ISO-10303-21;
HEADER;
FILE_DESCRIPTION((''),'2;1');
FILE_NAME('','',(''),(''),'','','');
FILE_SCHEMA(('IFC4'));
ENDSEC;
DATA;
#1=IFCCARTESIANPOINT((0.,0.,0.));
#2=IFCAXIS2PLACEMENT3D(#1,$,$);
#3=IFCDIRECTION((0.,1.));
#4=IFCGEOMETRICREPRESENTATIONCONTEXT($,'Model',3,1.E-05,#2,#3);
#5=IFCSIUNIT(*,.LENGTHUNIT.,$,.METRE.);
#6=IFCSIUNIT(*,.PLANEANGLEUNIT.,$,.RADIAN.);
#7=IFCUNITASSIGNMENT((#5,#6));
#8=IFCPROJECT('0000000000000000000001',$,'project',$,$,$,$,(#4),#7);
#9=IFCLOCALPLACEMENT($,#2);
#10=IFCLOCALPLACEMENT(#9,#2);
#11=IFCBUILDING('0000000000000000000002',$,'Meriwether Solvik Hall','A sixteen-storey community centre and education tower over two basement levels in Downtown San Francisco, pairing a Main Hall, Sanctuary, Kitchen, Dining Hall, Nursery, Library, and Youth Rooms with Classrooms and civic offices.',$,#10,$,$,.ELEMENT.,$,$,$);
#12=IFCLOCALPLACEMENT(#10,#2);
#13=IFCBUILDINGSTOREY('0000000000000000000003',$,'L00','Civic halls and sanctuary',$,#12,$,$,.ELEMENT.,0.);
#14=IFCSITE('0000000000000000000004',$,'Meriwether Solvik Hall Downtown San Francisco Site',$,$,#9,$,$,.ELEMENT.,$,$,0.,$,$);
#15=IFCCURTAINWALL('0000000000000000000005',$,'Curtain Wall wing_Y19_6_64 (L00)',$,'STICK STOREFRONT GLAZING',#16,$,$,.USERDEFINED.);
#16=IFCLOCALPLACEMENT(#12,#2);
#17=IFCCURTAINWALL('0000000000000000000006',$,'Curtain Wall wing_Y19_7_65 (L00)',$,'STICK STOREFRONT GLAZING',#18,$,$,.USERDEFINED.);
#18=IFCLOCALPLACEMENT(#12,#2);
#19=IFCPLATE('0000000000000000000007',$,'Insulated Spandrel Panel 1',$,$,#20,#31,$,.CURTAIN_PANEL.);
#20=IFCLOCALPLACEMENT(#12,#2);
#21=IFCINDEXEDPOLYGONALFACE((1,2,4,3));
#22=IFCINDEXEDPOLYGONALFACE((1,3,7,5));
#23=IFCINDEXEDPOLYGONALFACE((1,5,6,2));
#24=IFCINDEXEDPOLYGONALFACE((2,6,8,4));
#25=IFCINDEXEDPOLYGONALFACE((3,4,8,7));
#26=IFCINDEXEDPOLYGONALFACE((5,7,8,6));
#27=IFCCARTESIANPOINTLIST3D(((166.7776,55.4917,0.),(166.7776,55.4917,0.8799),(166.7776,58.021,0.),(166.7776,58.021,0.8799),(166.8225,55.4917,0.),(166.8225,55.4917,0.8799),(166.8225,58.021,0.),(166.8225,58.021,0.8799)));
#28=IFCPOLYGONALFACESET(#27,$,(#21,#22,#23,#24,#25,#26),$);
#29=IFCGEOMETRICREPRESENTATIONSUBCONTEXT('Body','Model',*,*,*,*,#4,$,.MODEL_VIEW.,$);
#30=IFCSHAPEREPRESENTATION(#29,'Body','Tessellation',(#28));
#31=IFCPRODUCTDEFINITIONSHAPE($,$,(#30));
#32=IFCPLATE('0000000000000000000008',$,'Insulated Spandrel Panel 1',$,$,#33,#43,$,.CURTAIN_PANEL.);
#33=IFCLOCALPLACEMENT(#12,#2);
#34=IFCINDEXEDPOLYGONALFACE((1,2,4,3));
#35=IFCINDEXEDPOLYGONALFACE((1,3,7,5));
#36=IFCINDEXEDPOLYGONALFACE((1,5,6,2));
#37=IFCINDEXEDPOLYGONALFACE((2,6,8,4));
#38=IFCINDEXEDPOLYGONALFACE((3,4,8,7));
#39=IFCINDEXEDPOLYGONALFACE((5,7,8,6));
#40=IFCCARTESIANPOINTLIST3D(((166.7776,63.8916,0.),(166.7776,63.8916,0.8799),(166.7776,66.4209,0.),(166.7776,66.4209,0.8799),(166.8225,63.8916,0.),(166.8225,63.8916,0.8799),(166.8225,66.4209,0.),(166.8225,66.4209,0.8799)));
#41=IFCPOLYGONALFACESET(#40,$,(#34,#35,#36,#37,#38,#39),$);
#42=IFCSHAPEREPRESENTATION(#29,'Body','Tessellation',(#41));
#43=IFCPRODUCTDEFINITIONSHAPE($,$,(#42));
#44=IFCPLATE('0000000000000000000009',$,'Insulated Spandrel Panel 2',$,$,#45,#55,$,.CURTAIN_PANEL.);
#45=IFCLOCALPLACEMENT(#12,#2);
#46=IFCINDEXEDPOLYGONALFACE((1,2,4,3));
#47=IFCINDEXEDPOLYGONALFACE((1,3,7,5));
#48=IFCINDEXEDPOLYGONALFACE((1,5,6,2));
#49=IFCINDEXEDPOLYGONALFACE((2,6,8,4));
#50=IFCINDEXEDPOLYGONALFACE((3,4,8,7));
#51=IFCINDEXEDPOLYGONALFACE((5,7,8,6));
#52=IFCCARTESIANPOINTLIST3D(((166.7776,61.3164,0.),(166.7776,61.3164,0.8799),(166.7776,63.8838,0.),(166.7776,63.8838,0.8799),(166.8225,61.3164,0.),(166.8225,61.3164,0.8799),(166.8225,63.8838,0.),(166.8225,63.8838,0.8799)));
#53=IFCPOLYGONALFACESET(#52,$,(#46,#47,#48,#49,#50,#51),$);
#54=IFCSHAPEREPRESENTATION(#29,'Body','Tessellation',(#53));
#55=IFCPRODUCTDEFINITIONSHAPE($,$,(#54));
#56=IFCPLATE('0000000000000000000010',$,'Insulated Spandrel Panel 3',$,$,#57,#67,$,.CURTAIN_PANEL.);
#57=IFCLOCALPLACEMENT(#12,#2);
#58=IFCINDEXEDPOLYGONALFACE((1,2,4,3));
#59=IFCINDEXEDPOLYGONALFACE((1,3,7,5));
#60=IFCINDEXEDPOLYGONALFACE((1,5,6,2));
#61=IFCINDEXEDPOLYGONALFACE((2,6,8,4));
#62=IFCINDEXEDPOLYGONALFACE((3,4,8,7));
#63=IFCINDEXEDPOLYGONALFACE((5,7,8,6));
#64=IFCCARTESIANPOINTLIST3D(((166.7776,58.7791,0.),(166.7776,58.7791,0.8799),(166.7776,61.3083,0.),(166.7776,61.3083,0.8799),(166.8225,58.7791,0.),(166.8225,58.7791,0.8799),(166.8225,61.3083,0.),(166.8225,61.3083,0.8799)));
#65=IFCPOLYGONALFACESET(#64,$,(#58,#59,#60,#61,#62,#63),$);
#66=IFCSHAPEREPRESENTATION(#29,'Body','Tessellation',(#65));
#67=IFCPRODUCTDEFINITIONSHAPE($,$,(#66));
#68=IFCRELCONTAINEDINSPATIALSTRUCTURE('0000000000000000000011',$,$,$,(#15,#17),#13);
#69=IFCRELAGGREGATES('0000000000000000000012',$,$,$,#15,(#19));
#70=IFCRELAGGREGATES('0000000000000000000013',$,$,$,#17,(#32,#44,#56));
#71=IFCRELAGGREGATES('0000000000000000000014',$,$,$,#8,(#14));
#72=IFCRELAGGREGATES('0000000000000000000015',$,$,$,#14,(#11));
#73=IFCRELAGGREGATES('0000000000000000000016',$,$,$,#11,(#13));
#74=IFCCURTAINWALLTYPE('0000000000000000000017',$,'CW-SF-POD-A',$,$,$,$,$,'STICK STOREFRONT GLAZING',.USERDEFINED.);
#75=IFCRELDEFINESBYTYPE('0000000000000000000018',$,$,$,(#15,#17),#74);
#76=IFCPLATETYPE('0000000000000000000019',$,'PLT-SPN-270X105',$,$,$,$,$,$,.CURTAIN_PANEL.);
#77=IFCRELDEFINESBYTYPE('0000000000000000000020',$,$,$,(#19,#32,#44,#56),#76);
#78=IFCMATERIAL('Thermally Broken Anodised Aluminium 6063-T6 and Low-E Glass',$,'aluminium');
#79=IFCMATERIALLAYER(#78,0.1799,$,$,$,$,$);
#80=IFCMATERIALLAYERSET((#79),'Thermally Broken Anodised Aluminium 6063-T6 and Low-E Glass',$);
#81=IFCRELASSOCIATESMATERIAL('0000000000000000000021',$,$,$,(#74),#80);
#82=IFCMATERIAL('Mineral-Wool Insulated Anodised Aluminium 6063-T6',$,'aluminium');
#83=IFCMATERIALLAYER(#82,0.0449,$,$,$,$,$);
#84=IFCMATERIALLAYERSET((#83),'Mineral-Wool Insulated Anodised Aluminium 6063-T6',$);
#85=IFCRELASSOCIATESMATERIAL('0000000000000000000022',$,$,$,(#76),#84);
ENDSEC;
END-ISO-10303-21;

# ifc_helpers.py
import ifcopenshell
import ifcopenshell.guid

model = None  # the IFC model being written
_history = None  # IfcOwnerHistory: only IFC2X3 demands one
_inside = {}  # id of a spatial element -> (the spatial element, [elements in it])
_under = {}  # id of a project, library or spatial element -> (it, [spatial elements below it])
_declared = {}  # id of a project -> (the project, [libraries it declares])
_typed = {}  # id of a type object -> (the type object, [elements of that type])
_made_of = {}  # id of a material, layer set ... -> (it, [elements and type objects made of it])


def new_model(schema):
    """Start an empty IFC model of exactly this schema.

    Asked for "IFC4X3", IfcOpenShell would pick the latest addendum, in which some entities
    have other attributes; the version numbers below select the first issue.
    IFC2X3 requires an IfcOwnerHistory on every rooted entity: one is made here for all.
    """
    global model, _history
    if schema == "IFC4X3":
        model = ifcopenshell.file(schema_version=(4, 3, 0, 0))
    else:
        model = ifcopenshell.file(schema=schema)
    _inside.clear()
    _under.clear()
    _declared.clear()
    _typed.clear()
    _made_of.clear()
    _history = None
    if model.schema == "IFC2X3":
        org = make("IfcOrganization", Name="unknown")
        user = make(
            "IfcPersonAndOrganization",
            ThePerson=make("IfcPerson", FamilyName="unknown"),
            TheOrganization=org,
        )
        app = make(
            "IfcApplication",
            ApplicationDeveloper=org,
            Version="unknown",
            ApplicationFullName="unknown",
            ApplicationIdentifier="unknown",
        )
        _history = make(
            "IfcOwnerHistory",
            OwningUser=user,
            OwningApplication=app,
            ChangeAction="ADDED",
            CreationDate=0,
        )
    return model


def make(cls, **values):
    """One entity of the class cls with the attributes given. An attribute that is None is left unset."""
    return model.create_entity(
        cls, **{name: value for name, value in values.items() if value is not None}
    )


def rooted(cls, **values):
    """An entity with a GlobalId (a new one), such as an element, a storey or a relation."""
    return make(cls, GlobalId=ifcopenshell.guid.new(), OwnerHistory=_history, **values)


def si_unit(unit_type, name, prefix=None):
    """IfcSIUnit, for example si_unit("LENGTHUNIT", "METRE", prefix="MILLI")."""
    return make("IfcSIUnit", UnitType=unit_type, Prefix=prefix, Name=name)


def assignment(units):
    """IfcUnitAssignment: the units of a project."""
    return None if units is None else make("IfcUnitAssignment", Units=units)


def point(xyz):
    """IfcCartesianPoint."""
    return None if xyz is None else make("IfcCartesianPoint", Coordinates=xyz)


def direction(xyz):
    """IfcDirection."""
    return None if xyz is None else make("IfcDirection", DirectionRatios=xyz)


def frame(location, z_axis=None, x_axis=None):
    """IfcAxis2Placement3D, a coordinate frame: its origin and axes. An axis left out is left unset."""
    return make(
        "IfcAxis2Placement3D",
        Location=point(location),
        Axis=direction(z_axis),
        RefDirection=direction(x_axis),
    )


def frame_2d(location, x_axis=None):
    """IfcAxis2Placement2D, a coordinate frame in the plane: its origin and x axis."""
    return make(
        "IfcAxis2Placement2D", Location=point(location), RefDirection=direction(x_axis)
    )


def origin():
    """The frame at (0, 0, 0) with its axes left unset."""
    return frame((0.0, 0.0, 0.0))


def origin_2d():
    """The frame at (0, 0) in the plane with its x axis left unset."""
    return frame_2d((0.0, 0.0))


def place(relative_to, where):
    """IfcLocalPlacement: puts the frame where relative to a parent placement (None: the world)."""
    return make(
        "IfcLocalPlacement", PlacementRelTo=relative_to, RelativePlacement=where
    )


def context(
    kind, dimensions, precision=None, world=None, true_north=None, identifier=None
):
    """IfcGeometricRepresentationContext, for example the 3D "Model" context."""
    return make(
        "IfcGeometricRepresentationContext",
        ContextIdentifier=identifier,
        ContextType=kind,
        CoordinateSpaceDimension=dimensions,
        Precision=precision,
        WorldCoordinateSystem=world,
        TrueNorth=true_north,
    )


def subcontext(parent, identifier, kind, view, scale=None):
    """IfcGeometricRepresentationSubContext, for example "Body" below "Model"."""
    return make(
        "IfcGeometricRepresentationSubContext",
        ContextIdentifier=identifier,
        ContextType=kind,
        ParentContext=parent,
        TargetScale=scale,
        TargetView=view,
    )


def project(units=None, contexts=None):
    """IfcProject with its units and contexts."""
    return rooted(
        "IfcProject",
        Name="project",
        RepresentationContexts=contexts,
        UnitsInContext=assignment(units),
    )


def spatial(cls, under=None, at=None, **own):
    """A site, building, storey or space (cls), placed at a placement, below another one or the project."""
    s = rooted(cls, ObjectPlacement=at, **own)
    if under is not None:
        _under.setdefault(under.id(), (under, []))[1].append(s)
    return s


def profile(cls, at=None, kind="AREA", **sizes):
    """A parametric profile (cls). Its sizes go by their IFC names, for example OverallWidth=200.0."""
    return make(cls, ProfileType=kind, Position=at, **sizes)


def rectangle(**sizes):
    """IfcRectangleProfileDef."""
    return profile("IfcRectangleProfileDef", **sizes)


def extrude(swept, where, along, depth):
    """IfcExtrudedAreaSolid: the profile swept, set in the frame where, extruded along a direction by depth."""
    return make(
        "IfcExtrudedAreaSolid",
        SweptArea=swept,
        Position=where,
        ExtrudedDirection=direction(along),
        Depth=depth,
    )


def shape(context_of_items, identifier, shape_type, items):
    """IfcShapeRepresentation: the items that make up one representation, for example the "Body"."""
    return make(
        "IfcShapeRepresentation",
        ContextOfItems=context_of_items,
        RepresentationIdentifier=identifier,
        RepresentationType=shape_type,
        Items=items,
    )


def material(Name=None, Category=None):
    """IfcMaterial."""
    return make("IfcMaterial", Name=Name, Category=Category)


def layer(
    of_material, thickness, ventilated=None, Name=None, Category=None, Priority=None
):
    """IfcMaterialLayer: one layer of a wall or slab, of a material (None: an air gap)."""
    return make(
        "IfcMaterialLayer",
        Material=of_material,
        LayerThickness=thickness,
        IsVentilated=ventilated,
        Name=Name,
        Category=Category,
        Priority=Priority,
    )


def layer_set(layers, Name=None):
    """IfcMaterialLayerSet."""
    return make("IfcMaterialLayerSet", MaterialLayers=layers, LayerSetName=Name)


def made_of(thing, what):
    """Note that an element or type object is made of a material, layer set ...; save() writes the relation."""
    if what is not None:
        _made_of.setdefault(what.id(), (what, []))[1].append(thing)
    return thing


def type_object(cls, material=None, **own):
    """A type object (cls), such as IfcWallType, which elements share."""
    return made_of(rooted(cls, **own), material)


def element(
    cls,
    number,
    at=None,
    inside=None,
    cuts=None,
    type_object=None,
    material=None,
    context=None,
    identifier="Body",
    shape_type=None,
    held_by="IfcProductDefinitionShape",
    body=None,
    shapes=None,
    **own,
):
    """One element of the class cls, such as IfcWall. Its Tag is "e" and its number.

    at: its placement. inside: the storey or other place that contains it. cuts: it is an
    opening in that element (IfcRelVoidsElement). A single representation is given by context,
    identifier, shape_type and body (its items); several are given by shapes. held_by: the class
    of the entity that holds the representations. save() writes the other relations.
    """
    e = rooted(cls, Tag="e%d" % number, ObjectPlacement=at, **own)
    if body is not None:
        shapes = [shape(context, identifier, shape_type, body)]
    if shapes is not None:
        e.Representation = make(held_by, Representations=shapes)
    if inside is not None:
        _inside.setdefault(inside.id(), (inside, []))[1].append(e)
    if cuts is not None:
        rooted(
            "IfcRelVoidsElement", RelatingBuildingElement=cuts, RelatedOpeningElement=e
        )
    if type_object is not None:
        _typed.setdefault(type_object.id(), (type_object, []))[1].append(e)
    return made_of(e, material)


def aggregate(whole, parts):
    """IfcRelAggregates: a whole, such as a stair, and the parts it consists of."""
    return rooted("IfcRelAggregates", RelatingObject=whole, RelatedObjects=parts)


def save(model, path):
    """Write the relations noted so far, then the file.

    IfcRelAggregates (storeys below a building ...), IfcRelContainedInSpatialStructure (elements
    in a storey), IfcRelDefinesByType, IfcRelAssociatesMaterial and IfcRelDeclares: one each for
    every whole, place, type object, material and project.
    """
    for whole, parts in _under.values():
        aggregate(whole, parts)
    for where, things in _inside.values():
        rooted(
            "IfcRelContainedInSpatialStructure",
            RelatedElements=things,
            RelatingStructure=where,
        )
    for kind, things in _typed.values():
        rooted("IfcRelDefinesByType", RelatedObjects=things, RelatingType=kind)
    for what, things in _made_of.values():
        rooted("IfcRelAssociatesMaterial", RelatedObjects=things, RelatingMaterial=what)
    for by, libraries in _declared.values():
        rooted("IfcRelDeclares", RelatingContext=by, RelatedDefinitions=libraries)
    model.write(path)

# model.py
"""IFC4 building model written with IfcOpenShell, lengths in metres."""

from ifc_helpers import new_model, si_unit, direction, frame, origin, origin_2d, place, context, subcontext, project, spatial, rectangle, extrude, material, layer, layer_set, type_object, element, aggregate, save


model = new_model("IFC4")

# Units and contexts
model_context = context("Model", 3, precision=1e-05, world=origin(), true_north=direction((0.0, 1.0)))
body_context = subcontext(model_context, "Body", "Model", "MODEL_VIEW")
ifc_project = project(units=[si_unit("LENGTHUNIT", "METRE"), si_unit("PLANEANGLEUNIT", "RADIAN")], contexts=[model_context])

# Site, building, storey
site_placement = place(None, origin())
site = spatial("IfcSite", under=ifc_project, at=site_placement, Name="Meriwether Solvik Hall Downtown San Francisco Site", CompositionType="ELEMENT", RefElevation=0.0)
building_placement = place(site_placement, origin())
building = spatial("IfcBuilding", under=site, at=building_placement, Name="Meriwether Solvik Hall", Description="A sixteen-storey community centre and education tower over two basement levels in Downtown San Francisco, pairing a Main Hall, Sanctuary, Kitchen, Dining Hall, Nursery, Library, and Youth Rooms with Classrooms and civic offices.", CompositionType="ELEMENT")
storey_placement = place(building_placement, origin())
storey = spatial("IfcBuildingStorey", under=building, at=storey_placement, Name="L00", Description="Civic halls and sanctuary", CompositionType="ELEMENT", Elevation=0.0)

# Curtain walls
ifc_material_1 = material(Name="Thermally Broken Anodised Aluminium 6063-T6 and Low-E Glass", Category="aluminium")
ifc_layer_1 = layer(ifc_material_1, 0.1799)
ifc_layer_set_1 = layer_set([ifc_layer_1], Name="Thermally Broken Anodised Aluminium 6063-T6 and Low-E Glass")
curtain_wall_type = type_object("IfcCurtainWallType", Name="CW-SF-POD-A", ElementType="STICK STOREFRONT GLAZING", PredefinedType="USERDEFINED", material=ifc_layer_set_1)
curtain_wall_1_placement = place(storey_placement, origin())
curtain_wall_1 = element("IfcCurtainWall", 1, at=curtain_wall_1_placement, inside=storey, type_object=curtain_wall_type, Name="Curtain Wall wing_Y19_6_64 (L00)", ObjectType="STICK STOREFRONT GLAZING", PredefinedType="USERDEFINED")
curtain_wall_2_placement = place(storey_placement, origin())
curtain_wall_2 = element("IfcCurtainWall", 2, at=curtain_wall_2_placement, inside=storey, type_object=curtain_wall_type, Name="Curtain Wall wing_Y19_7_65 (L00)", ObjectType="STICK STOREFRONT GLAZING", PredefinedType="USERDEFINED")

# Plates
ifc_material_2 = material(Name="Mineral-Wool Insulated Anodised Aluminium 6063-T6", Category="aluminium")
ifc_layer_2 = layer(ifc_material_2, 0.0449)
ifc_layer_set_2 = layer_set([ifc_layer_2], Name="Mineral-Wool Insulated Anodised Aluminium 6063-T6")
plate_type_1 = type_object("IfcPlateType", Name="PLT-SPN-270X105", PredefinedType="CURTAIN_PANEL", material=ifc_layer_set_2)
plate_1_placement = place(storey_placement, frame((166.8, 56.7563, 0.0), z_axis=(0.0, 0.0, 1.0), x_axis=(0.0, -1.0, 0.0)))
plate_1 = element("IfcPlate", 3, at=plate_1_placement, type_object=plate_type_1, Name="Insulated Spandrel Panel 1", PredefinedType="CURTAIN_PANEL", context=body_context, shape_type="SweptSolid", body=[
    extrude(rectangle(XDim=2.5293, YDim=0.0449, at=origin_2d()), origin(), (0.0, 0.0, 1.0), 0.8799),
])
aggregate(curtain_wall_1, [plate_1])
plate_2_placement = place(storey_placement, frame((166.8, 65.1562, 0.0), z_axis=(0.0, 0.0, 1.0), x_axis=(0.0, -1.0, 0.0)))
plate_2 = element("IfcPlate", 4, at=plate_2_placement, type_object=plate_type_1, Name="Insulated Spandrel Panel 1", PredefinedType="CURTAIN_PANEL", context=body_context, shape_type="SweptSolid", body=[
    extrude(rectangle(XDim=2.5293, YDim=0.0449, at=origin_2d()), origin(), (0.0, 0.0, 1.0), 0.8799),
])
plate_3_placement = place(storey_placement, frame((166.8, 62.6001, 0.0), z_axis=(0.0, 0.0, 1.0), x_axis=(0.0, -1.0, 0.0)))
plate_3 = element("IfcPlate", 5, at=plate_3_placement, type_object=plate_type_1, Name="Insulated Spandrel Panel 2", PredefinedType="CURTAIN_PANEL", context=body_context, shape_type="SweptSolid", body=[
    extrude(rectangle(XDim=2.5674, YDim=0.0449, at=origin_2d()), origin(), (0.0, 0.0, 1.0), 0.8799),
])
plate_4_placement = place(storey_placement, frame((166.8, 60.0437, 0.0), z_axis=(0.0, 0.0, 1.0), x_axis=(0.0, -1.0, 0.0)))
plate_4 = element("IfcPlate", 6, at=plate_4_placement, type_object=plate_type_1, Name="Insulated Spandrel Panel 3", PredefinedType="CURTAIN_PANEL", context=body_context, shape_type="SweptSolid", body=[
    extrude(rectangle(XDim=2.5293, YDim=0.0449, at=origin_2d()), origin(), (0.0, 0.0, 1.0), 0.8799),
])
aggregate(curtain_wall_2, [plate_2, plate_3, plate_4])

save(model, "model.ifc")
